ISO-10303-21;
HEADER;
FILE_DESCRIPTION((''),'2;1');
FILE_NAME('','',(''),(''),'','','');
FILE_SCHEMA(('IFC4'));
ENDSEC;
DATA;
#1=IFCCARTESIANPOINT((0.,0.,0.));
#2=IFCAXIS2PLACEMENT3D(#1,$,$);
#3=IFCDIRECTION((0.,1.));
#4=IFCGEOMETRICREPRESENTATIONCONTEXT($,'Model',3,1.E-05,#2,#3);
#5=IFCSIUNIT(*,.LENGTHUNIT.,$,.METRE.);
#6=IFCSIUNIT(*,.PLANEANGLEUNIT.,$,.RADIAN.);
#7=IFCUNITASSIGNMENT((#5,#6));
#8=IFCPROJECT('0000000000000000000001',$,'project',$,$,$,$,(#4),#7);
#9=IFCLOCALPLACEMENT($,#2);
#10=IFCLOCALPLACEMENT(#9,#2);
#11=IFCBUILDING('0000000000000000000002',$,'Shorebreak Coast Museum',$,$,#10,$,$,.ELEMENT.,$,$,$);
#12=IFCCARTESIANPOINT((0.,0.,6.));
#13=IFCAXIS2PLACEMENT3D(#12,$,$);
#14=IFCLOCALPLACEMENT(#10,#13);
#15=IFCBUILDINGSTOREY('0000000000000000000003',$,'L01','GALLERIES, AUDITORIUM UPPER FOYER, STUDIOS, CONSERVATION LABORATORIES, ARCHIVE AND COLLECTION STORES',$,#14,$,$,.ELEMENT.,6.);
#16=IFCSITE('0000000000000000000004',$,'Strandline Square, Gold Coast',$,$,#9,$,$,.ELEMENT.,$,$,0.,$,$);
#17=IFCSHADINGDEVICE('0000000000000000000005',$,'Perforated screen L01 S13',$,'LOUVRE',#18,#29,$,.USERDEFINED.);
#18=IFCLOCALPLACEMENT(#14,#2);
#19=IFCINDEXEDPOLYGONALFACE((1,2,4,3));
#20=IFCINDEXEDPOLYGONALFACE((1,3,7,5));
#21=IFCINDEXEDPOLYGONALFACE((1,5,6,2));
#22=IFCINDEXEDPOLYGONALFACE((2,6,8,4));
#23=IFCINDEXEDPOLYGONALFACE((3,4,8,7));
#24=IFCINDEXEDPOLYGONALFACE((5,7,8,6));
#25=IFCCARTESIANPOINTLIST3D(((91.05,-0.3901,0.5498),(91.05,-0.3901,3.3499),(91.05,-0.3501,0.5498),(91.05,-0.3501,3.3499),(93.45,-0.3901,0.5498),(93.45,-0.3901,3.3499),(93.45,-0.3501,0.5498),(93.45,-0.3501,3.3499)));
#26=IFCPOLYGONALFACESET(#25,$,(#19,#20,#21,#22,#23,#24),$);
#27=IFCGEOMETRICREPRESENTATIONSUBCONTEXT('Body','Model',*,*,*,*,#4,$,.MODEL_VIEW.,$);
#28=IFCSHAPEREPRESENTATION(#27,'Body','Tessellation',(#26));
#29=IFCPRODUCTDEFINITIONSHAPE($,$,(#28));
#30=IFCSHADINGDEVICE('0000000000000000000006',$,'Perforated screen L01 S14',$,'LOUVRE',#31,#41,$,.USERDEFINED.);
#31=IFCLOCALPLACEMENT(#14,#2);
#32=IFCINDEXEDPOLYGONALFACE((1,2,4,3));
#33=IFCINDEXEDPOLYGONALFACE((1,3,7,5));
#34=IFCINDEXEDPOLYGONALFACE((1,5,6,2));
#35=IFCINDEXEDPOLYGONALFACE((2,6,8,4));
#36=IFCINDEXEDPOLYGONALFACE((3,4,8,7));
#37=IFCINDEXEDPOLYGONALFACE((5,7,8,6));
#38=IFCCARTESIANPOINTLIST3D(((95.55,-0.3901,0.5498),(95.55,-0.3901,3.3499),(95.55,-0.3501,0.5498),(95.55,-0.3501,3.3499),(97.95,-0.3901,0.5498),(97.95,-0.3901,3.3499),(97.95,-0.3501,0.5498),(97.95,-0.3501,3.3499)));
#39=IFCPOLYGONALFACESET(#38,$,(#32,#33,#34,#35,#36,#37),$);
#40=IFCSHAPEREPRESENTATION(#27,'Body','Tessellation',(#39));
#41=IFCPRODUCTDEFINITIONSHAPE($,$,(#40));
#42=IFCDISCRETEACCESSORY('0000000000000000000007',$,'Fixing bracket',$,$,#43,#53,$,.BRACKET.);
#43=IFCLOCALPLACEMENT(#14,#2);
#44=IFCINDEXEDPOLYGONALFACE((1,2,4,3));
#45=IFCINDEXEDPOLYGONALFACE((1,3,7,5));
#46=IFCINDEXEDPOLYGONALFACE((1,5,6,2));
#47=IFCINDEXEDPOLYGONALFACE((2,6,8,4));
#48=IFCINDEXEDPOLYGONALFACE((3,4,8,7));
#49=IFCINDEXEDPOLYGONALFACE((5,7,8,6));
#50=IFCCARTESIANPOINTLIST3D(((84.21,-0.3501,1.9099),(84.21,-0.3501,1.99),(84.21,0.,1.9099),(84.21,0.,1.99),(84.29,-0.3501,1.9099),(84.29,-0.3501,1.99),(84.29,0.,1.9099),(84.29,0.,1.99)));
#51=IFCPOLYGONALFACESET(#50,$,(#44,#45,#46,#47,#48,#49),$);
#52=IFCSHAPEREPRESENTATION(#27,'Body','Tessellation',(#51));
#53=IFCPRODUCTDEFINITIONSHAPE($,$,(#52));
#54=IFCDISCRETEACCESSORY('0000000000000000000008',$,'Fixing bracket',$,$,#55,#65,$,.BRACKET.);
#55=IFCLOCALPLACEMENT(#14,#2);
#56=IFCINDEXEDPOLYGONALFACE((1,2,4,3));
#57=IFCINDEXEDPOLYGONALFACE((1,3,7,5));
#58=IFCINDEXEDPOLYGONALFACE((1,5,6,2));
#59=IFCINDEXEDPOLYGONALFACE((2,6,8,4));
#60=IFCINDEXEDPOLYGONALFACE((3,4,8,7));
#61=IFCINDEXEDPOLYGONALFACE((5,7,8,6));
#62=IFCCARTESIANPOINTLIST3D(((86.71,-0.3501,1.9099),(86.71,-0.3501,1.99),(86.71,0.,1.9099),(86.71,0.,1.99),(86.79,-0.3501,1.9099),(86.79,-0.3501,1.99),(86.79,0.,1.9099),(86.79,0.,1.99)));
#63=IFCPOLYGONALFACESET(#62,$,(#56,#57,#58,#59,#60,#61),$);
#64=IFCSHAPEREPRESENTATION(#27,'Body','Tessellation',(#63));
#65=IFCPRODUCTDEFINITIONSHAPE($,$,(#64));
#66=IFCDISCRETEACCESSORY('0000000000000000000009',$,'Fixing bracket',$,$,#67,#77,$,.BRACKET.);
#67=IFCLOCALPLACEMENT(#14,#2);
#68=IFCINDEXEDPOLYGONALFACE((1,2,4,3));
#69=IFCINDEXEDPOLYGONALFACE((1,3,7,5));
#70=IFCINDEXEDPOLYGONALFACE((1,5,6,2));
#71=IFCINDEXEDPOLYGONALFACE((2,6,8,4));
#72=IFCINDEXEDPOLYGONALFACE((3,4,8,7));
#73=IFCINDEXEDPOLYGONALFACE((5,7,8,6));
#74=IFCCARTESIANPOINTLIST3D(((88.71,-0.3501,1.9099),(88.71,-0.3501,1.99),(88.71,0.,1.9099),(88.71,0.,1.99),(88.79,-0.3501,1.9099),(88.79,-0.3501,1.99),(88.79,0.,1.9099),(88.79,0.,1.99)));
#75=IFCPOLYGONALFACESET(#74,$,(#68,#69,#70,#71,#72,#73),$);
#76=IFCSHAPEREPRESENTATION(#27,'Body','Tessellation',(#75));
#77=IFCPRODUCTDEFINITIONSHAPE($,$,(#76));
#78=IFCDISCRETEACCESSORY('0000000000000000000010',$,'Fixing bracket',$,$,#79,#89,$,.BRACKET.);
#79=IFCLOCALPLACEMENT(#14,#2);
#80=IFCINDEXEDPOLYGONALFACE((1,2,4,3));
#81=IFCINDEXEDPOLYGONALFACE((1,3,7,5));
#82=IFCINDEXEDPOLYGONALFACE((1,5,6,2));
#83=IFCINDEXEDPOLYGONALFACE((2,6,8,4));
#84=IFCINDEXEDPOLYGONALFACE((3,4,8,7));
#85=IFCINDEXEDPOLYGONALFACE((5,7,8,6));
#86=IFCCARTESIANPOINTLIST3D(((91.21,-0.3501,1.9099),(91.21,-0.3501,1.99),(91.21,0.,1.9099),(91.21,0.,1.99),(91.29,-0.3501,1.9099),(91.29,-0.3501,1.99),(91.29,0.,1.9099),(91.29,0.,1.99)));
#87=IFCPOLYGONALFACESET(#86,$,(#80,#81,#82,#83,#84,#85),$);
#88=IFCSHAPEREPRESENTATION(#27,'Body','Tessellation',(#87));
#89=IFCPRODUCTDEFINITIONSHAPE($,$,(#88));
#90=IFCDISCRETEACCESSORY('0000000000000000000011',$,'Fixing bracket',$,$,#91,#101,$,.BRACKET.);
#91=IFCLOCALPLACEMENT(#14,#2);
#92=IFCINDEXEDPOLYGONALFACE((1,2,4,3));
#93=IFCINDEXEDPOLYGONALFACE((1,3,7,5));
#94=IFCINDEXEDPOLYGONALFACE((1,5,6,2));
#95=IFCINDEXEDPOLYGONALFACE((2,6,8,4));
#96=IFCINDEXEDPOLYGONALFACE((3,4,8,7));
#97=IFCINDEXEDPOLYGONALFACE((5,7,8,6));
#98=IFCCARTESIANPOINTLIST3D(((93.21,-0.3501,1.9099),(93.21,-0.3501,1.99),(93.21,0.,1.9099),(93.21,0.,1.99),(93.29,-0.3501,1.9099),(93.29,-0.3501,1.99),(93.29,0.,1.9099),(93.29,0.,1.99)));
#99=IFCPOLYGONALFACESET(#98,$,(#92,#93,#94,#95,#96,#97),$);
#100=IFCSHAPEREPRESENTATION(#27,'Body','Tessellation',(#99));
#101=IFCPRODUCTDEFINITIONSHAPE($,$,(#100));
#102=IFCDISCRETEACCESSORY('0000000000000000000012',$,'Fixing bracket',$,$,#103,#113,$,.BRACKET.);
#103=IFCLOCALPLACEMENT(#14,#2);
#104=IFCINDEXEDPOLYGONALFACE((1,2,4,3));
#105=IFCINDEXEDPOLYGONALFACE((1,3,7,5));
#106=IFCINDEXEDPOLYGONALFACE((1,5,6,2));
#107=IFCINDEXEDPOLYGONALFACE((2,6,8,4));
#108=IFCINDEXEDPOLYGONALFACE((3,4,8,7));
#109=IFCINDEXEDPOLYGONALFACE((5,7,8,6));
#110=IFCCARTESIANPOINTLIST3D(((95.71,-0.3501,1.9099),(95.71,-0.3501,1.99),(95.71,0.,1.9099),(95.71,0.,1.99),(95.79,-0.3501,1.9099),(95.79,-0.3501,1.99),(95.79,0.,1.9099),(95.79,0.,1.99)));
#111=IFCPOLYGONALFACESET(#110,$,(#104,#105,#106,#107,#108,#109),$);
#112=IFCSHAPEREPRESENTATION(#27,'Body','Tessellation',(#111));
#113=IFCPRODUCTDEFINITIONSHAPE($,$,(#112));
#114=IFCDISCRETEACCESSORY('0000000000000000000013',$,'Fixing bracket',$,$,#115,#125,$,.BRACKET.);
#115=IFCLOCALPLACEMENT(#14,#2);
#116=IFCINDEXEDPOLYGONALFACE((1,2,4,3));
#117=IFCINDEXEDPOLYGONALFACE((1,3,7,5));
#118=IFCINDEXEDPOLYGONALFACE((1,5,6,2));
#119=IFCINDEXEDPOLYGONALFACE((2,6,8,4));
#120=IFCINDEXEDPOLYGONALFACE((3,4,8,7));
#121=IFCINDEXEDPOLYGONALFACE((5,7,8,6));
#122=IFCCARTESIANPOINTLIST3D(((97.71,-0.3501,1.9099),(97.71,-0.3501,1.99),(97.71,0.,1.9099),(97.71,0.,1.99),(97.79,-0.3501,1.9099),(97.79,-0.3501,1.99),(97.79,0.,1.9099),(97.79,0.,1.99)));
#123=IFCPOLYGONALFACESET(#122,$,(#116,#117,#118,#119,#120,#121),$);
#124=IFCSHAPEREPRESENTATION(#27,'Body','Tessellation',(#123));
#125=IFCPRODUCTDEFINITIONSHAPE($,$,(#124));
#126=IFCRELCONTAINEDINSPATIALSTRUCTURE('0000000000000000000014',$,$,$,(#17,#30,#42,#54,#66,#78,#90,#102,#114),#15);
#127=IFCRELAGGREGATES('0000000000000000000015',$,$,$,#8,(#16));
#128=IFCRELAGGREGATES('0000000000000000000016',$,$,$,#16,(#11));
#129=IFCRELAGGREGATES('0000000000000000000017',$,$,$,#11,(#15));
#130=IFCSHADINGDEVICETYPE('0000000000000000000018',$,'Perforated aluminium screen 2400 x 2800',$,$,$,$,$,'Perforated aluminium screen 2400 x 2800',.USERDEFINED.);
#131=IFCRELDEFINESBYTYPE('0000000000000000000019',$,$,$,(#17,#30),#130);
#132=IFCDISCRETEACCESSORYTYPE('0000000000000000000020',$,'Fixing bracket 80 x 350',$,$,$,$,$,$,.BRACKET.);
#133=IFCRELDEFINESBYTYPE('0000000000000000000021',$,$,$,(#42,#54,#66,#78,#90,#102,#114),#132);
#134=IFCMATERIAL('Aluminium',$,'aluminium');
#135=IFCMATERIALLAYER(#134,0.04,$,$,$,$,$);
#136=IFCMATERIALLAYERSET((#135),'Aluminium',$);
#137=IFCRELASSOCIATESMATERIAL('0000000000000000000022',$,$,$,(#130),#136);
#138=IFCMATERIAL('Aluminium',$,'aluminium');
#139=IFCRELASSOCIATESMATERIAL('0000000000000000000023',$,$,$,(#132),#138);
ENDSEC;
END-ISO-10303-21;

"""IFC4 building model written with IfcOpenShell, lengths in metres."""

from ifc_helpers import new_model, si_unit, direction, frame, origin, origin_2d, place, context, subcontext, project, spatial, rectangle, extrude, material, layer, layer_set, type_object, element, save


model = new_model("IFC4")

# Units and contexts
model_context = context("Model", 3, precision=1e-05, world=origin(), true_north=direction((0.0, 1.0)))
body_context = subcontext(model_context, "Body", "Model", "MODEL_VIEW")
ifc_project = project(units=[si_unit("LENGTHUNIT", "METRE"), si_unit("PLANEANGLEUNIT", "RADIAN")], contexts=[model_context])

# Site, building, storey
site_placement = place(None, origin())
site = spatial("IfcSite", under=ifc_project, at=site_placement, Name="Strandline Square, Gold Coast", CompositionType="ELEMENT", RefElevation=0.0)
building_placement = place(site_placement, origin())
building = spatial("IfcBuilding", under=site, at=building_placement, Name="Shorebreak Coast Museum", CompositionType="ELEMENT")
storey_placement = place(building_placement, frame((0.0, 0.0, 6.0)))
storey = spatial("IfcBuildingStorey", under=building, at=storey_placement, Name="L01", Description="GALLERIES, AUDITORIUM UPPER FOYER, STUDIOS, CONSERVATION LABORATORIES, ARCHIVE AND COLLECTION STORES", CompositionType="ELEMENT", Elevation=6.0)

# Shading devices
ifc_material_1 = material(Name="Aluminium", Category="aluminium")
ifc_layer_1 = layer(ifc_material_1, 0.04)
ifc_layer_set_1 = layer_set([ifc_layer_1], Name="Aluminium")
shading_device_type = type_object("IfcShadingDeviceType", Name="Perforated aluminium screen 2400 x 2800", ElementType="Perforated aluminium screen 2400 x 2800", PredefinedType="USERDEFINED", material=ifc_layer_set_1)
for number, where, z_axis, x_axis, name in (
    (1, (92.25, -0.3701, 0.5498), (0.0, 0.0, 1.0), (1.0, 0.0, 0.0), "Perforated screen L01 S13"),
    (2, (96.75, -0.3701, 0.5498), (0.0, 0.0, 1.0), (1.0, 0.0, 0.0), "Perforated screen L01 S14"),
):
    element("IfcShadingDevice", number, at=place(storey_placement, frame(where, z_axis=z_axis, x_axis=x_axis)), inside=storey, type_object=shading_device_type, Name=name, ObjectType="LOUVRE", PredefinedType="USERDEFINED", context=body_context, shape_type="SweptSolid", body=[
        extrude(rectangle(XDim=2.3999, YDim=0.04, at=origin_2d()), origin(), (0.0, 0.0, 1.0), 2.8),
    ])

# Discrete accessories
ifc_material_2 = material(Name="Aluminium", Category="aluminium")
discrete_accessory_type = type_object("IfcDiscreteAccessoryType", Name="Fixing bracket 80 x 350", PredefinedType="BRACKET", material=ifc_material_2)
for number, where, z_axis, x_axis, name in (
    (3, (84.25, -0.175, 1.9099), (0.0, 0.0, 1.0), (1.0, 0.0, 0.0), "Fixing bracket"),
    (4, (86.75, -0.175, 1.9099), (0.0, 0.0, 1.0), (1.0, 0.0, 0.0), "Fixing bracket"),
    (5, (88.75, -0.175, 1.9099), (0.0, 0.0, 1.0), (1.0, 0.0, 0.0), "Fixing bracket"),
    (6, (91.25, -0.175, 1.9099), (0.0, 0.0, 1.0), (1.0, 0.0, 0.0), "Fixing bracket"),
    (7, (93.25, -0.175, 1.9099), (0.0, 0.0, 1.0), (1.0, 0.0, 0.0), "Fixing bracket"),
    (8, (95.75, -0.175, 1.9099), (0.0, 0.0, 1.0), (1.0, 0.0, 0.0), "Fixing bracket"),
    (9, (97.75, -0.175, 1.9099), (0.0, 0.0, 1.0), (1.0, 0.0, 0.0), "Fixing bracket"),
):
    element("IfcDiscreteAccessory", number, at=place(storey_placement, frame(where, z_axis=z_axis, x_axis=x_axis)), inside=storey, type_object=discrete_accessory_type, Name=name, PredefinedType="BRACKET", context=body_context, shape_type="SweptSolid", body=[
        extrude(rectangle(XDim=0.0801, YDim=0.3501, at=origin_2d()), origin(), (0.0, 0.0, 1.0), 0.0801),
    ])

save(model, "model.ifc")
